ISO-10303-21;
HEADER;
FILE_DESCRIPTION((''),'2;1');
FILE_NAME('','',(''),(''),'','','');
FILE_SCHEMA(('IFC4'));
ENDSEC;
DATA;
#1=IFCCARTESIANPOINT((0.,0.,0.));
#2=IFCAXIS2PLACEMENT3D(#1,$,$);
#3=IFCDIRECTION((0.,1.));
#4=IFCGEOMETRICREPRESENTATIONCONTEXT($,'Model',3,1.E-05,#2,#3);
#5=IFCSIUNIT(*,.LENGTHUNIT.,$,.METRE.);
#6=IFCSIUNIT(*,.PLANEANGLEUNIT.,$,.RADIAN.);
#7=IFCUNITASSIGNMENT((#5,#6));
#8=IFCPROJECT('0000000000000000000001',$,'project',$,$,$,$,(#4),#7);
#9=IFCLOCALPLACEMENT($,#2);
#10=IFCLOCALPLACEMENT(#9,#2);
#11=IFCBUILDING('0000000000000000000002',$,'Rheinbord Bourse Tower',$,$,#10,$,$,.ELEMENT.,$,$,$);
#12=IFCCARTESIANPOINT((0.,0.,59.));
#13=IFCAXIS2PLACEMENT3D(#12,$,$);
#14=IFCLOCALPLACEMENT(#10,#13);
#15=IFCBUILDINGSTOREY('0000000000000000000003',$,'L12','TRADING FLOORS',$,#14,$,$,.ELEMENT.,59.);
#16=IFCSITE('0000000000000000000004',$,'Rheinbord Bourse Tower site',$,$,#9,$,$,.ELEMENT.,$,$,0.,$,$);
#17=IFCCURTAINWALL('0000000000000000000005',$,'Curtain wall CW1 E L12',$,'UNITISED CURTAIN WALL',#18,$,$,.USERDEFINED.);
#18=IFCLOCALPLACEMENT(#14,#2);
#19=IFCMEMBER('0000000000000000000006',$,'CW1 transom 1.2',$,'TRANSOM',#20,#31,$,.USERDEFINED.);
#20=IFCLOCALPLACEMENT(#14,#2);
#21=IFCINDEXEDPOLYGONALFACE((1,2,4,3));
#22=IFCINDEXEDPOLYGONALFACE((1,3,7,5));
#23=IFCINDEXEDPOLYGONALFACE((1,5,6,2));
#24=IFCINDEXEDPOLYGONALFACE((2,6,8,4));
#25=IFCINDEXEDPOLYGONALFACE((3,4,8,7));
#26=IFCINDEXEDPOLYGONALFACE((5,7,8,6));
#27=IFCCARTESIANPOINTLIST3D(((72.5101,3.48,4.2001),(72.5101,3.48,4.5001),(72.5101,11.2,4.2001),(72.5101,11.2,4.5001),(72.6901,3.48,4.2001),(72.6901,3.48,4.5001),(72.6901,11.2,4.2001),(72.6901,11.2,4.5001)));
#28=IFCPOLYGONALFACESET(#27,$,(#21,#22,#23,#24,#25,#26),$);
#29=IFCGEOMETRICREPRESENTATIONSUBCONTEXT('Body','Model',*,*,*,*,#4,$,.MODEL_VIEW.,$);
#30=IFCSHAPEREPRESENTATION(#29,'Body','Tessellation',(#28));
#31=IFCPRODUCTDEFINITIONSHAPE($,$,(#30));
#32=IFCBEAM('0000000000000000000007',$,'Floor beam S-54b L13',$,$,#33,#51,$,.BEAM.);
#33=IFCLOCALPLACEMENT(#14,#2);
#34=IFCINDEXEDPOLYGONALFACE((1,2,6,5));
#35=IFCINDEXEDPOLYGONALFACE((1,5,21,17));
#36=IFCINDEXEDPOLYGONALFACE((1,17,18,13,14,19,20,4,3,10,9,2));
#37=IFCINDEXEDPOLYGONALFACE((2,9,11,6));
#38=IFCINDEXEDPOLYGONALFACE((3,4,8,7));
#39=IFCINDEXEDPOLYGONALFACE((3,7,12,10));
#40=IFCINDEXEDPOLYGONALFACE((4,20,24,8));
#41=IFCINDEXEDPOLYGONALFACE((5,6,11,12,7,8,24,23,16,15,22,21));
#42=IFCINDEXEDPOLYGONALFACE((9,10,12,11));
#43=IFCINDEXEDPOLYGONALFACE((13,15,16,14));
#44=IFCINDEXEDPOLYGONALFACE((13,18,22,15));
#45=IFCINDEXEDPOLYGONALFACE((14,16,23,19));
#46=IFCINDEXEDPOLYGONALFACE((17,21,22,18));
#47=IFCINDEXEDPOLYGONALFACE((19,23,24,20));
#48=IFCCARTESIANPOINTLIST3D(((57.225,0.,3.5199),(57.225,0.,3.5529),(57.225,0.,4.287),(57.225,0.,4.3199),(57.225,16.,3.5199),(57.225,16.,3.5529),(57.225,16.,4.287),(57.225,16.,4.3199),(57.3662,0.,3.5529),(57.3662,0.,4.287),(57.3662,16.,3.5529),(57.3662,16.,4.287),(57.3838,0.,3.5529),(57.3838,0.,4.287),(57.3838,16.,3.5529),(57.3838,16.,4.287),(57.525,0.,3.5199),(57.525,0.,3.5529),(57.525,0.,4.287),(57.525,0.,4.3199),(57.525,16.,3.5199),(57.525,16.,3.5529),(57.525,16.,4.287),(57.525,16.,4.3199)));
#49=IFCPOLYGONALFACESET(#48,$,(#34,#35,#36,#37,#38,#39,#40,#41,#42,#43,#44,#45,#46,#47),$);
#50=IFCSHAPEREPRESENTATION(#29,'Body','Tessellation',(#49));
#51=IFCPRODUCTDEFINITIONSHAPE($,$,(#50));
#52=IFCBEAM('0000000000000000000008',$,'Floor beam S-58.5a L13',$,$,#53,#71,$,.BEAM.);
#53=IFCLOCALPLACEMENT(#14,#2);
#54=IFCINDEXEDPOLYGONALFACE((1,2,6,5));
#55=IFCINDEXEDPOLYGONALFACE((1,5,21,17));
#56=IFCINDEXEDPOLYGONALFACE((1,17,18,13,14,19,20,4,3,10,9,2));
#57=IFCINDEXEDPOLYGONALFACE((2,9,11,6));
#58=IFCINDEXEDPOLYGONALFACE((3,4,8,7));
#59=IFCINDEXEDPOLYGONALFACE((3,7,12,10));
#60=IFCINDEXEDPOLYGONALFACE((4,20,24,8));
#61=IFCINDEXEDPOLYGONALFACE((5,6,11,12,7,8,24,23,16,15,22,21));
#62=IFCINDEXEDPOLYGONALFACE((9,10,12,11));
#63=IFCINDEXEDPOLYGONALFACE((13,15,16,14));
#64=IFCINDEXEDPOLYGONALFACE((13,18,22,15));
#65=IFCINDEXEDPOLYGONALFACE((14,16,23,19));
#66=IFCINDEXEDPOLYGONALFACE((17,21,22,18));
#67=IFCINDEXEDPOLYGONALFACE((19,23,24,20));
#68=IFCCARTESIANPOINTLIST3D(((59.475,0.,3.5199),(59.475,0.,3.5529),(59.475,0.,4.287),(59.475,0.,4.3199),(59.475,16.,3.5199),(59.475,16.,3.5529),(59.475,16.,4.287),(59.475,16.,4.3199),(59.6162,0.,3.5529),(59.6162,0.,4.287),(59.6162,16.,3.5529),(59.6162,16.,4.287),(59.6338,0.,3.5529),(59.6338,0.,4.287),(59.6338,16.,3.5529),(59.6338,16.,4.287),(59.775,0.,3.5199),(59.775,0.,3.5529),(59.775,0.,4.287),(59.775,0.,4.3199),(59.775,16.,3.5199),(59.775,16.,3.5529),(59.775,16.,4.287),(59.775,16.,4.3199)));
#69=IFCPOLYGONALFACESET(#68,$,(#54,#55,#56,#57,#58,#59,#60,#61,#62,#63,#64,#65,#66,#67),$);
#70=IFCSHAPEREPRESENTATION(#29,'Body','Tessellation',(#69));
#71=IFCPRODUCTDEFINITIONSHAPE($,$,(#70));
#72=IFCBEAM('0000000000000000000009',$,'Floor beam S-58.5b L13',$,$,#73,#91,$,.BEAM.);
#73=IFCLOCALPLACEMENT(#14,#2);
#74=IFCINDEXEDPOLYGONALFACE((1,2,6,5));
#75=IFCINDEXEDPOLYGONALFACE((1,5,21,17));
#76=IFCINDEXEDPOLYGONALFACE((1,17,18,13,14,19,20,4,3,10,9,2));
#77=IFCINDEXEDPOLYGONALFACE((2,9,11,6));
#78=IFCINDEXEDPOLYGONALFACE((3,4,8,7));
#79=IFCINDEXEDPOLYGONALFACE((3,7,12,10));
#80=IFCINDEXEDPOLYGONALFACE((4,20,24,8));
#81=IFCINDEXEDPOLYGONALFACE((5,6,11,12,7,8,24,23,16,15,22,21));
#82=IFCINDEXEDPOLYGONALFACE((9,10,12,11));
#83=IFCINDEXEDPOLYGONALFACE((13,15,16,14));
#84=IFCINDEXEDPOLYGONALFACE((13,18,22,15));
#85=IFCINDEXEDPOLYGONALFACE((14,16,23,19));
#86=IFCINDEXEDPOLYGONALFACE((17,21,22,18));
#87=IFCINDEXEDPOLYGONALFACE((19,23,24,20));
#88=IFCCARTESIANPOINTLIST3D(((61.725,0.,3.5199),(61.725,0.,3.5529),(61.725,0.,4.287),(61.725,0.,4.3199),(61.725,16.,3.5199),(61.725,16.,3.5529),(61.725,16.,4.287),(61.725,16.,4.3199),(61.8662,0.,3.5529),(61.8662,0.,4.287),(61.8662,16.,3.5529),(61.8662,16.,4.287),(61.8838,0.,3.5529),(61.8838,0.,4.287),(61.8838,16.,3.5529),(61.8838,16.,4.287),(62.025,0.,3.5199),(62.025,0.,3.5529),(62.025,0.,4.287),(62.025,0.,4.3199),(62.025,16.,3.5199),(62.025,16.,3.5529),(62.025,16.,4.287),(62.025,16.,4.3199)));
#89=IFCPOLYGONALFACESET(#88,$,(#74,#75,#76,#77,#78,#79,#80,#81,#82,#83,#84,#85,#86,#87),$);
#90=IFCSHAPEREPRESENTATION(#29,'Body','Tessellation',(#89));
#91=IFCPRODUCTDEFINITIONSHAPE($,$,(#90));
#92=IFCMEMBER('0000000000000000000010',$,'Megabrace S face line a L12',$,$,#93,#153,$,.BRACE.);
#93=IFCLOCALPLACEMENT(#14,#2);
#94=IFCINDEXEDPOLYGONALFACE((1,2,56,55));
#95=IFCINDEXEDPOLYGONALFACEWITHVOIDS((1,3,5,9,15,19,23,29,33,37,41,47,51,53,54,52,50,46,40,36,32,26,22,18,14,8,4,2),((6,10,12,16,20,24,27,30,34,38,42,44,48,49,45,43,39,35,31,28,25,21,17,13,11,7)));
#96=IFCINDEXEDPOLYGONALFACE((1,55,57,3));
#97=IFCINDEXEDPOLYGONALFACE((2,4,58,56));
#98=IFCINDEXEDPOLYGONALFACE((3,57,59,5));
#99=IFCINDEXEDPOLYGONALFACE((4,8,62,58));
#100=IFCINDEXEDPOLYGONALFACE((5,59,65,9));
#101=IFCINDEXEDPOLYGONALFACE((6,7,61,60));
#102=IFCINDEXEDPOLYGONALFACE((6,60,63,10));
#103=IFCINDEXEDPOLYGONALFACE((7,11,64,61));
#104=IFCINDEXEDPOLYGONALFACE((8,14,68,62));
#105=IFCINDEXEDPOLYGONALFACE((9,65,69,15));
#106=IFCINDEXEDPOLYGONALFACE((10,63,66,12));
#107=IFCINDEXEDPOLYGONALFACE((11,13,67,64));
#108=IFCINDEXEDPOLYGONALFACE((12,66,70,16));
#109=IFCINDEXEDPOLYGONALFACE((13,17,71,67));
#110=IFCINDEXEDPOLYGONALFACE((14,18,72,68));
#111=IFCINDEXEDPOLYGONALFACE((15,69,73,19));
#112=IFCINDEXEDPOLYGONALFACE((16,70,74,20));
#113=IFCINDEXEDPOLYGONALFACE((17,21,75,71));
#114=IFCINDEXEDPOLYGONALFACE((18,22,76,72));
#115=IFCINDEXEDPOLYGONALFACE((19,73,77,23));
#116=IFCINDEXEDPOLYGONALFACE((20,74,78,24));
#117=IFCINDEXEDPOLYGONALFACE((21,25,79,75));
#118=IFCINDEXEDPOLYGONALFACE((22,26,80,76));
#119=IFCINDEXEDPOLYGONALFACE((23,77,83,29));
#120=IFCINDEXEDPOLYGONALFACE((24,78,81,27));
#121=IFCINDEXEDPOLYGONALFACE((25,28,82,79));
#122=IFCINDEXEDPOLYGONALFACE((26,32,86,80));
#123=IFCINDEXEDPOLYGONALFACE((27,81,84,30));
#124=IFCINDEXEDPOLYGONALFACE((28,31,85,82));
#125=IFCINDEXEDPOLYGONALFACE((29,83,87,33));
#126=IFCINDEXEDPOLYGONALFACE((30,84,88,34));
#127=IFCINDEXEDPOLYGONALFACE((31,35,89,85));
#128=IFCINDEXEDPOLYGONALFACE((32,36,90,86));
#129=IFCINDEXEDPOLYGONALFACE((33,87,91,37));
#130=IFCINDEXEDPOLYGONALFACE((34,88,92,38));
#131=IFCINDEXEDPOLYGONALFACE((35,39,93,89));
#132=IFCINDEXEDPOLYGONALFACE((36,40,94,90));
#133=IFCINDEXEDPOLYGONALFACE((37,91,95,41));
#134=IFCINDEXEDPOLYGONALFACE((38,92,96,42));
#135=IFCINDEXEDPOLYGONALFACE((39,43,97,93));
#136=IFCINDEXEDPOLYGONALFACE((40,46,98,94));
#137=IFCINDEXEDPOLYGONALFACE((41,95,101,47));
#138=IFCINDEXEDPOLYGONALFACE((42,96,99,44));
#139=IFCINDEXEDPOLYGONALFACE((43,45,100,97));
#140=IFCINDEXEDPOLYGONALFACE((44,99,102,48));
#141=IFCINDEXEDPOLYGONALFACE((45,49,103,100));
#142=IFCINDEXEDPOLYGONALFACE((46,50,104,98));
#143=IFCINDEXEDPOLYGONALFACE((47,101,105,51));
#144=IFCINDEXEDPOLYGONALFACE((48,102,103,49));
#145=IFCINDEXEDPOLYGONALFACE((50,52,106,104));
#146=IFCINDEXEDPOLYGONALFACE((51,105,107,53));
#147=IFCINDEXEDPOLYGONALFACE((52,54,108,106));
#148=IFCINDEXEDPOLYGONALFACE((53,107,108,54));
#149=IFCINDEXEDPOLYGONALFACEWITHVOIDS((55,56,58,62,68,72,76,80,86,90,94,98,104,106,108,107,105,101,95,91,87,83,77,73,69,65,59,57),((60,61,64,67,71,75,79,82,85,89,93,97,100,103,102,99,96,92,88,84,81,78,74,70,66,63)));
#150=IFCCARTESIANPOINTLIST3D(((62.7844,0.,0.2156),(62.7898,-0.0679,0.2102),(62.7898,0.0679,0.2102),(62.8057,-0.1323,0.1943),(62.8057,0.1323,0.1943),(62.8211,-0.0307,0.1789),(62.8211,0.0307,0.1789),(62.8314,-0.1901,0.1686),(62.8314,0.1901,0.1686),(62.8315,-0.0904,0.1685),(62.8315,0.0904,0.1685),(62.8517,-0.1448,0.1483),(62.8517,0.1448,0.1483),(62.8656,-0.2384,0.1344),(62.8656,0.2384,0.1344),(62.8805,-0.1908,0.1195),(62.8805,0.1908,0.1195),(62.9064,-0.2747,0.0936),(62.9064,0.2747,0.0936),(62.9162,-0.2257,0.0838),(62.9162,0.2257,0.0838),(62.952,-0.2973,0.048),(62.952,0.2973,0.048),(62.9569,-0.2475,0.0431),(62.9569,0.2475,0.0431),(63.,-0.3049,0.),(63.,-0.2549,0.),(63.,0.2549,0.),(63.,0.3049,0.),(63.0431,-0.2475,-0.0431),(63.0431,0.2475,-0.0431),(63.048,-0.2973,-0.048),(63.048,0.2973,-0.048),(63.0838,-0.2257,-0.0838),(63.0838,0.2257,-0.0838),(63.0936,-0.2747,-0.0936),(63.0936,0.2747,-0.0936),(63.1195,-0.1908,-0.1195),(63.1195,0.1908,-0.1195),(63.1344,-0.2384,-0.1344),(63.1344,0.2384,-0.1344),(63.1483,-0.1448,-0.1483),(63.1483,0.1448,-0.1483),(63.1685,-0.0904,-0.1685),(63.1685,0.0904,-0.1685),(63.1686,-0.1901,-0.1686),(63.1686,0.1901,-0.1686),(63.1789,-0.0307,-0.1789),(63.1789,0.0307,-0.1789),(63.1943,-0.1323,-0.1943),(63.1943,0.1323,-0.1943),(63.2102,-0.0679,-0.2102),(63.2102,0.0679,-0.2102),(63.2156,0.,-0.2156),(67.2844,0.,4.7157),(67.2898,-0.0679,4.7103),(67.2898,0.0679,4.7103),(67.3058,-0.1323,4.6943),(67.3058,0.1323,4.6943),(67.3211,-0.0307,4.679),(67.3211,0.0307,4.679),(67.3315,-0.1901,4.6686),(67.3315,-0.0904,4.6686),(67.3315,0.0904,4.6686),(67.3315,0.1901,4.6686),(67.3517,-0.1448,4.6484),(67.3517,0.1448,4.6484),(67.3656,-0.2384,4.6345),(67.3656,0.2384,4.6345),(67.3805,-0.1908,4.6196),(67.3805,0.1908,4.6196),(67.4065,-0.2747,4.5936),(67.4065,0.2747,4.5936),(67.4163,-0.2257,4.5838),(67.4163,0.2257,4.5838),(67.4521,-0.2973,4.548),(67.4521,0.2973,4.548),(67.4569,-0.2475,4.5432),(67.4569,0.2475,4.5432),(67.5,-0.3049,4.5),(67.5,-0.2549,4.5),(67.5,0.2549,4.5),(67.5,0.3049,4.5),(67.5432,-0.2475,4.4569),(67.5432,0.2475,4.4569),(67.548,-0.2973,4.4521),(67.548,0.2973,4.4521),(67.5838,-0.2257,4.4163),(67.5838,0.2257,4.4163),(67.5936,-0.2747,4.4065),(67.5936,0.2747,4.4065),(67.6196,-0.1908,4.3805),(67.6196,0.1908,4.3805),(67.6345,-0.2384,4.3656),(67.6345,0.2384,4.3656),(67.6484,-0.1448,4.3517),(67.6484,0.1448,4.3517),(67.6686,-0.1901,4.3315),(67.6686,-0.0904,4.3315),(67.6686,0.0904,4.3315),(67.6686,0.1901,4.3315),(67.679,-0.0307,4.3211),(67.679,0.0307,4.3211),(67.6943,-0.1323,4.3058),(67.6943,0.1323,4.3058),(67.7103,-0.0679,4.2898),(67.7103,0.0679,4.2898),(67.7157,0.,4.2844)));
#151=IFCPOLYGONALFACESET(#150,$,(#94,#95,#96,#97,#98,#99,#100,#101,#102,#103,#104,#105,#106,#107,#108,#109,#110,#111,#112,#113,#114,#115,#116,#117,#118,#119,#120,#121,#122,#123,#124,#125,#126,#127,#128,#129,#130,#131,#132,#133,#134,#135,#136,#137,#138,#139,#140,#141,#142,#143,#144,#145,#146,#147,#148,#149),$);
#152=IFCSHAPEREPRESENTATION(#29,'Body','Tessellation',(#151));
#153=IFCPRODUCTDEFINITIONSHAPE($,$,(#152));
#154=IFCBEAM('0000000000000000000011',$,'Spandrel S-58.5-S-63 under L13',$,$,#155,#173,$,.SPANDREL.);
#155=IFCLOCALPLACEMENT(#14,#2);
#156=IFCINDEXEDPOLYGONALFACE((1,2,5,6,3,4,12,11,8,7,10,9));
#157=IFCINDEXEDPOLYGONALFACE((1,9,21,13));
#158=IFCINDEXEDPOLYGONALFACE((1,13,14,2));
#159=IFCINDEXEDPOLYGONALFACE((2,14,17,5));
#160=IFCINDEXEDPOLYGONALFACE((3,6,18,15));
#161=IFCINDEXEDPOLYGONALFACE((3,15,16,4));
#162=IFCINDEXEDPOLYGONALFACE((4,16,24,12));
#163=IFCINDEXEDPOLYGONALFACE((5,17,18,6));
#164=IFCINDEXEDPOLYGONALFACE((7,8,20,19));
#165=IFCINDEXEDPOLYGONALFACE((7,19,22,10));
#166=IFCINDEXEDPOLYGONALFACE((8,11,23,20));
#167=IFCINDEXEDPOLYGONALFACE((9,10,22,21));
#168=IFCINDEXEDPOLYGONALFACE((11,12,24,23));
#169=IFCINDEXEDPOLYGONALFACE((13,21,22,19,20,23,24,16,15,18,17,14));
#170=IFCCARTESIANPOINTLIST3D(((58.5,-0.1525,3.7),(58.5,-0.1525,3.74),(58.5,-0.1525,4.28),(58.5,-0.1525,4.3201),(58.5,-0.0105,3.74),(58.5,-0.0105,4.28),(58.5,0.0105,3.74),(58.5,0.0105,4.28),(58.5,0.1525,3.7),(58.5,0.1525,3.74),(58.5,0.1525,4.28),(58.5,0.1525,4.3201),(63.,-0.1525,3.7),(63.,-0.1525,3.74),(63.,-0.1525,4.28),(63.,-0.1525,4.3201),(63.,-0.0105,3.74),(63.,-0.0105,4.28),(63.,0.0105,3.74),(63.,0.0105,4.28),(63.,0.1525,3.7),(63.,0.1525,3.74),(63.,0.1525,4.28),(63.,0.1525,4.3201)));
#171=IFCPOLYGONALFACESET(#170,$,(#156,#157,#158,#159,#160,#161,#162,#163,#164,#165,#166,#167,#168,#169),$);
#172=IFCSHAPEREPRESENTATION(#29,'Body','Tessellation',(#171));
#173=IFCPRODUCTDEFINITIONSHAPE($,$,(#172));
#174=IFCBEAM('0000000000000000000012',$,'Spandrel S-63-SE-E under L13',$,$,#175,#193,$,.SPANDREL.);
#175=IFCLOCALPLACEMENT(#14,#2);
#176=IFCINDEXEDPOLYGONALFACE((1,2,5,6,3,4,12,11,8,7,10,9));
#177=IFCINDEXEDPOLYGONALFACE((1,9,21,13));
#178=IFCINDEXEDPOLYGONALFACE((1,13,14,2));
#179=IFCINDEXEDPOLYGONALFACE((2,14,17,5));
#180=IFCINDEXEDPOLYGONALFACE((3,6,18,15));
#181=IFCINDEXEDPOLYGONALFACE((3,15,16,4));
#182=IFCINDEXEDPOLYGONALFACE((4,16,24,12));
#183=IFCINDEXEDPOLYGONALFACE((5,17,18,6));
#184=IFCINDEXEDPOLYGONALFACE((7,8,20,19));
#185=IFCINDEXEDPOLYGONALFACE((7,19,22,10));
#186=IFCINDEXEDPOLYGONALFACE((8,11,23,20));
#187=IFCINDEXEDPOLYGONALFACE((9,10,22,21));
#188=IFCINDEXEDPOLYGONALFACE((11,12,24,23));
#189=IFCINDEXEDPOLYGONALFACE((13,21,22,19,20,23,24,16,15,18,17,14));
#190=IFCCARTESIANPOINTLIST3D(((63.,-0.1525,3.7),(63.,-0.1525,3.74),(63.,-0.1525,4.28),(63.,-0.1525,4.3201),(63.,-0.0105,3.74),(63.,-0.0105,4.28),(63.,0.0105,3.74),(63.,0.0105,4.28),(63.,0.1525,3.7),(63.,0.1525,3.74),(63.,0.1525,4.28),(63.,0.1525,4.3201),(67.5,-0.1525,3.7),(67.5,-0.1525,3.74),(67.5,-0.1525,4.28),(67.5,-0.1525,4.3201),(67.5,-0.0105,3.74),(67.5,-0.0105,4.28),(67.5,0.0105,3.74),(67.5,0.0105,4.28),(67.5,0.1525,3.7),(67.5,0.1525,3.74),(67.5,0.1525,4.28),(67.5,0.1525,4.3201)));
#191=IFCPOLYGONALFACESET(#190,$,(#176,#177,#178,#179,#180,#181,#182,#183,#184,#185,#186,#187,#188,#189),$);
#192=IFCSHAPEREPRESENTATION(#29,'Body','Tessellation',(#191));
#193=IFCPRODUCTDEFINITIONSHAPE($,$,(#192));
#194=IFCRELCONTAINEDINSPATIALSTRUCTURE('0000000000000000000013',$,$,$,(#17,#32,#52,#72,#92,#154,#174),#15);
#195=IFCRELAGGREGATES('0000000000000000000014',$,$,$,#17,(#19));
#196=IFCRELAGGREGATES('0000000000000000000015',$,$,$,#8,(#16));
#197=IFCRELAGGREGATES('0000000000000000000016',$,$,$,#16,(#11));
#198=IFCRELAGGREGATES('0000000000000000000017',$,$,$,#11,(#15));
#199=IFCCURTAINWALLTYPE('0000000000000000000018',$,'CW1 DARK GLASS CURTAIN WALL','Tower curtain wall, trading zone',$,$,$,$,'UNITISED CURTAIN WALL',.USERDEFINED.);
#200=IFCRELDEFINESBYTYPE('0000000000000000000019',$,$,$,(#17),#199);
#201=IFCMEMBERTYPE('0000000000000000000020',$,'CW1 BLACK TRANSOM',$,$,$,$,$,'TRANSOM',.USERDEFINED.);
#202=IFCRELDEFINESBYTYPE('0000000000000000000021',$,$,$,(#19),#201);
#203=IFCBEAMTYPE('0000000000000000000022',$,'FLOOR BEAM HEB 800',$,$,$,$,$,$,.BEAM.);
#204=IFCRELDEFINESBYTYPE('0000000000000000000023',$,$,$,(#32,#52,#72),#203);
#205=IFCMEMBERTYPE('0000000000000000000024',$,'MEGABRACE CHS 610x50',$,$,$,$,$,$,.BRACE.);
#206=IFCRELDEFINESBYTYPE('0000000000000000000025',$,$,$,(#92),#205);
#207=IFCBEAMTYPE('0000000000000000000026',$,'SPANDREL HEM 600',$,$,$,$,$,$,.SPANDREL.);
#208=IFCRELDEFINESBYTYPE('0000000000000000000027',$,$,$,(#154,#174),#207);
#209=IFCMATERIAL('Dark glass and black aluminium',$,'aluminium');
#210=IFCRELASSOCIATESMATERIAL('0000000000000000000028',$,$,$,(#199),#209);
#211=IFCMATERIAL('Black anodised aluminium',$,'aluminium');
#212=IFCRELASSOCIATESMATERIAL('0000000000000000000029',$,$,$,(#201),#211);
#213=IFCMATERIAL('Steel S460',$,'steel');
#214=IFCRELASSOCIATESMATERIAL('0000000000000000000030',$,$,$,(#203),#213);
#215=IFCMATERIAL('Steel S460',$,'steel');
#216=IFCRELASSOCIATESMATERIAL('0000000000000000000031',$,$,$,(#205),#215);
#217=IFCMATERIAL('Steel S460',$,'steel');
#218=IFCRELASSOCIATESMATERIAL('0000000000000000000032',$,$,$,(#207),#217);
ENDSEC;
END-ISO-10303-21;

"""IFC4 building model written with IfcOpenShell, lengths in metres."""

from ifc_helpers import new_model, si_unit, direction, frame, origin, origin_2d, place, context, subcontext, project, spatial, rectangle, hollow_circle, i_section, extrude, material, material_profile, profile_set, type_object, element, aggregate, save


model = new_model("IFC4")

# Units and contexts
model_context = context("Model", 3, precision=1e-05, world=origin(), true_north=direction((0.0, 1.0)))
body_context = subcontext(model_context, "Body", "Model", "MODEL_VIEW")
ifc_project = project(units=[si_unit("LENGTHUNIT", "METRE"), si_unit("PLANEANGLEUNIT", "RADIAN")], contexts=[model_context])

# Site, building, storey
site_placement = place(None, origin())
site = spatial("IfcSite", under=ifc_project, at=site_placement, Name="Rheinbord Bourse Tower site", CompositionType="ELEMENT", RefElevation=0.0)
building_placement = place(site_placement, origin())
building = spatial("IfcBuilding", under=site, at=building_placement, Name="Rheinbord Bourse Tower", CompositionType="ELEMENT")
storey_placement = place(building_placement, frame((0.0, 0.0, 59.0)))
storey = spatial("IfcBuildingStorey", under=building, at=storey_placement, Name="L12", Description="TRADING FLOORS", CompositionType="ELEMENT", Elevation=59.0)

# Shared definitions
ifc_material_1 = material(Name="Dark glass and black aluminium", Category="aluminium")
curtain_wall_type = type_object("IfcCurtainWallType", Name="CW1 DARK GLASS CURTAIN WALL", Description="Tower curtain wall, trading zone", ElementType="UNITISED CURTAIN WALL", PredefinedType="USERDEFINED", material=ifc_material_1)

# Curtain wall
curtain_wall_1_placement = place(storey_placement, origin())
curtain_wall_1 = element("IfcCurtainWall", 1, at=curtain_wall_1_placement, inside=storey, type_object=curtain_wall_type, Name="Curtain wall CW1 E L12", ObjectType="UNITISED CURTAIN WALL", PredefinedType="USERDEFINED")

# Member
ifc_material_2 = material(Name="Black anodised aluminium", Category="aluminium")
ifc_material_profile_1 = material_profile(ifc_material_2, rectangle(XDim=0.1799, YDim=0.3, at=origin_2d()), Name="CW1 TRANSOM 300x180")
ifc_profile_set_1 = profile_set([ifc_material_profile_1], Name="Black anodised aluminium")
member_type_1 = type_object("IfcMemberType", Name="CW1 BLACK TRANSOM", ElementType="TRANSOM", PredefinedType="USERDEFINED", material=ifc_profile_set_1)
member_1_placement = place(storey_placement, frame((72.6001, 3.48, 4.3501), z_axis=(0.0, 1.0, 0.0), x_axis=(-1.0, 0.0, 0.0)))
member_1 = element("IfcMember", 2, at=member_1_placement, type_object=member_type_1, Name="CW1 transom 1.2", ObjectType="TRANSOM", PredefinedType="USERDEFINED", context=body_context, shape_type="SweptSolid", body=[
    extrude(rectangle(XDim=0.1799, YDim=0.3, at=origin_2d()), origin(), (0.0, 0.0, 1.0), 7.72),
])

# Beams
ifc_material_3 = material(Name="Steel S460", Category="steel")
ifc_material_profile_2 = material_profile(ifc_material_3, i_section(OverallWidth=0.3, OverallDepth=0.8, WebThickness=0.0176, FlangeThickness=0.033, at=origin_2d()), Name="HEB 800")
ifc_profile_set_2 = profile_set([ifc_material_profile_2], Name="Steel S460")
beam_type_1 = type_object("IfcBeamType", Name="FLOOR BEAM HEB 800", PredefinedType="BEAM", material=ifc_profile_set_2)
for number, where, z_axis, x_axis, name in (
    (3, (57.375, 0.0, 3.9199), (0.0, 1.0, 0.0), (-1.0, 0.0, 0.0), "Floor beam S-54b L13"),
    (4, (59.625, 0.0, 3.9199), (0.0, 1.0, 0.0), (-1.0, 0.0, 0.0), "Floor beam S-58.5a L13"),
    (5, (61.875, 0.0, 3.9199), (0.0, 1.0, 0.0), (-1.0, 0.0, 0.0), "Floor beam S-58.5b L13"),
):
    element("IfcBeam", number, at=place(storey_placement, frame(where, z_axis=z_axis, x_axis=x_axis)), inside=storey, type_object=beam_type_1, Name=name, PredefinedType="BEAM", context=body_context, shape_type="SweptSolid", body=[
        extrude(i_section(OverallWidth=0.3, OverallDepth=0.8, WebThickness=0.0176, FlangeThickness=0.033, at=origin_2d()), origin(), (0.0, 0.0, 1.0), 16.0),
    ])

# Member
ifc_material_4 = material(Name="Steel S460", Category="steel")
ifc_material_profile_3 = material_profile(ifc_material_4, hollow_circle(Radius=0.3049, WallThickness=0.05, at=origin_2d()), Name="CHS 610x50")
ifc_profile_set_3 = profile_set([ifc_material_profile_3], Name="Steel S460")
member_type_2 = type_object("IfcMemberType", Name="MEGABRACE CHS 610x50", PredefinedType="BRACE", material=ifc_profile_set_3)
member_2_placement = place(storey_placement, frame((63.0, 0.0, 0.0), z_axis=(0.707107, 0.0, 0.707107), x_axis=(0.0, 1.0, 0.0)))
element("IfcMember", 6, at=member_2_placement, inside=storey, type_object=member_type_2, Name="Megabrace S face line a L12", PredefinedType="BRACE", context=body_context, shape_type="SweptSolid", body=[
    extrude(hollow_circle(Radius=0.3049, WallThickness=0.05, at=origin_2d()), origin(), (0.0, 0.0, 1.0), 6.364),
])

# Beams
ifc_material_5 = material(Name="Steel S460", Category="steel")
ifc_material_profile_4 = material_profile(ifc_material_5, i_section(OverallWidth=0.3049, OverallDepth=0.6201, WebThickness=0.021, FlangeThickness=0.04, at=origin_2d()), Name="HEM 600")
ifc_profile_set_4 = profile_set([ifc_material_profile_4], Name="Steel S460")
beam_type_2 = type_object("IfcBeamType", Name="SPANDREL HEM 600", PredefinedType="SPANDREL", material=ifc_profile_set_4)
for number, where, z_axis, x_axis, name in (
    (7, (58.5, 0.0, 4.01), (1.0, 0.0, 0.0), (0.0, 1.0, 0.0), "Spandrel S-58.5-S-63 under L13"),
    (8, (63.0, 0.0, 4.01), (1.0, 0.0, 0.0), (0.0, 1.0, 0.0), "Spandrel S-63-SE-E under L13"),
):
    element("IfcBeam", number, at=place(storey_placement, frame(where, z_axis=z_axis, x_axis=x_axis)), inside=storey, type_object=beam_type_2, Name=name, PredefinedType="SPANDREL", context=body_context, shape_type="SweptSolid", body=[
        extrude(i_section(OverallWidth=0.3049, OverallDepth=0.6201, WebThickness=0.021, FlangeThickness=0.04, at=origin_2d()), origin(), (0.0, 0.0, 1.0), 4.5),
    ])

aggregate(curtain_wall_1, [member_1])

save(model, "model.ifc")
